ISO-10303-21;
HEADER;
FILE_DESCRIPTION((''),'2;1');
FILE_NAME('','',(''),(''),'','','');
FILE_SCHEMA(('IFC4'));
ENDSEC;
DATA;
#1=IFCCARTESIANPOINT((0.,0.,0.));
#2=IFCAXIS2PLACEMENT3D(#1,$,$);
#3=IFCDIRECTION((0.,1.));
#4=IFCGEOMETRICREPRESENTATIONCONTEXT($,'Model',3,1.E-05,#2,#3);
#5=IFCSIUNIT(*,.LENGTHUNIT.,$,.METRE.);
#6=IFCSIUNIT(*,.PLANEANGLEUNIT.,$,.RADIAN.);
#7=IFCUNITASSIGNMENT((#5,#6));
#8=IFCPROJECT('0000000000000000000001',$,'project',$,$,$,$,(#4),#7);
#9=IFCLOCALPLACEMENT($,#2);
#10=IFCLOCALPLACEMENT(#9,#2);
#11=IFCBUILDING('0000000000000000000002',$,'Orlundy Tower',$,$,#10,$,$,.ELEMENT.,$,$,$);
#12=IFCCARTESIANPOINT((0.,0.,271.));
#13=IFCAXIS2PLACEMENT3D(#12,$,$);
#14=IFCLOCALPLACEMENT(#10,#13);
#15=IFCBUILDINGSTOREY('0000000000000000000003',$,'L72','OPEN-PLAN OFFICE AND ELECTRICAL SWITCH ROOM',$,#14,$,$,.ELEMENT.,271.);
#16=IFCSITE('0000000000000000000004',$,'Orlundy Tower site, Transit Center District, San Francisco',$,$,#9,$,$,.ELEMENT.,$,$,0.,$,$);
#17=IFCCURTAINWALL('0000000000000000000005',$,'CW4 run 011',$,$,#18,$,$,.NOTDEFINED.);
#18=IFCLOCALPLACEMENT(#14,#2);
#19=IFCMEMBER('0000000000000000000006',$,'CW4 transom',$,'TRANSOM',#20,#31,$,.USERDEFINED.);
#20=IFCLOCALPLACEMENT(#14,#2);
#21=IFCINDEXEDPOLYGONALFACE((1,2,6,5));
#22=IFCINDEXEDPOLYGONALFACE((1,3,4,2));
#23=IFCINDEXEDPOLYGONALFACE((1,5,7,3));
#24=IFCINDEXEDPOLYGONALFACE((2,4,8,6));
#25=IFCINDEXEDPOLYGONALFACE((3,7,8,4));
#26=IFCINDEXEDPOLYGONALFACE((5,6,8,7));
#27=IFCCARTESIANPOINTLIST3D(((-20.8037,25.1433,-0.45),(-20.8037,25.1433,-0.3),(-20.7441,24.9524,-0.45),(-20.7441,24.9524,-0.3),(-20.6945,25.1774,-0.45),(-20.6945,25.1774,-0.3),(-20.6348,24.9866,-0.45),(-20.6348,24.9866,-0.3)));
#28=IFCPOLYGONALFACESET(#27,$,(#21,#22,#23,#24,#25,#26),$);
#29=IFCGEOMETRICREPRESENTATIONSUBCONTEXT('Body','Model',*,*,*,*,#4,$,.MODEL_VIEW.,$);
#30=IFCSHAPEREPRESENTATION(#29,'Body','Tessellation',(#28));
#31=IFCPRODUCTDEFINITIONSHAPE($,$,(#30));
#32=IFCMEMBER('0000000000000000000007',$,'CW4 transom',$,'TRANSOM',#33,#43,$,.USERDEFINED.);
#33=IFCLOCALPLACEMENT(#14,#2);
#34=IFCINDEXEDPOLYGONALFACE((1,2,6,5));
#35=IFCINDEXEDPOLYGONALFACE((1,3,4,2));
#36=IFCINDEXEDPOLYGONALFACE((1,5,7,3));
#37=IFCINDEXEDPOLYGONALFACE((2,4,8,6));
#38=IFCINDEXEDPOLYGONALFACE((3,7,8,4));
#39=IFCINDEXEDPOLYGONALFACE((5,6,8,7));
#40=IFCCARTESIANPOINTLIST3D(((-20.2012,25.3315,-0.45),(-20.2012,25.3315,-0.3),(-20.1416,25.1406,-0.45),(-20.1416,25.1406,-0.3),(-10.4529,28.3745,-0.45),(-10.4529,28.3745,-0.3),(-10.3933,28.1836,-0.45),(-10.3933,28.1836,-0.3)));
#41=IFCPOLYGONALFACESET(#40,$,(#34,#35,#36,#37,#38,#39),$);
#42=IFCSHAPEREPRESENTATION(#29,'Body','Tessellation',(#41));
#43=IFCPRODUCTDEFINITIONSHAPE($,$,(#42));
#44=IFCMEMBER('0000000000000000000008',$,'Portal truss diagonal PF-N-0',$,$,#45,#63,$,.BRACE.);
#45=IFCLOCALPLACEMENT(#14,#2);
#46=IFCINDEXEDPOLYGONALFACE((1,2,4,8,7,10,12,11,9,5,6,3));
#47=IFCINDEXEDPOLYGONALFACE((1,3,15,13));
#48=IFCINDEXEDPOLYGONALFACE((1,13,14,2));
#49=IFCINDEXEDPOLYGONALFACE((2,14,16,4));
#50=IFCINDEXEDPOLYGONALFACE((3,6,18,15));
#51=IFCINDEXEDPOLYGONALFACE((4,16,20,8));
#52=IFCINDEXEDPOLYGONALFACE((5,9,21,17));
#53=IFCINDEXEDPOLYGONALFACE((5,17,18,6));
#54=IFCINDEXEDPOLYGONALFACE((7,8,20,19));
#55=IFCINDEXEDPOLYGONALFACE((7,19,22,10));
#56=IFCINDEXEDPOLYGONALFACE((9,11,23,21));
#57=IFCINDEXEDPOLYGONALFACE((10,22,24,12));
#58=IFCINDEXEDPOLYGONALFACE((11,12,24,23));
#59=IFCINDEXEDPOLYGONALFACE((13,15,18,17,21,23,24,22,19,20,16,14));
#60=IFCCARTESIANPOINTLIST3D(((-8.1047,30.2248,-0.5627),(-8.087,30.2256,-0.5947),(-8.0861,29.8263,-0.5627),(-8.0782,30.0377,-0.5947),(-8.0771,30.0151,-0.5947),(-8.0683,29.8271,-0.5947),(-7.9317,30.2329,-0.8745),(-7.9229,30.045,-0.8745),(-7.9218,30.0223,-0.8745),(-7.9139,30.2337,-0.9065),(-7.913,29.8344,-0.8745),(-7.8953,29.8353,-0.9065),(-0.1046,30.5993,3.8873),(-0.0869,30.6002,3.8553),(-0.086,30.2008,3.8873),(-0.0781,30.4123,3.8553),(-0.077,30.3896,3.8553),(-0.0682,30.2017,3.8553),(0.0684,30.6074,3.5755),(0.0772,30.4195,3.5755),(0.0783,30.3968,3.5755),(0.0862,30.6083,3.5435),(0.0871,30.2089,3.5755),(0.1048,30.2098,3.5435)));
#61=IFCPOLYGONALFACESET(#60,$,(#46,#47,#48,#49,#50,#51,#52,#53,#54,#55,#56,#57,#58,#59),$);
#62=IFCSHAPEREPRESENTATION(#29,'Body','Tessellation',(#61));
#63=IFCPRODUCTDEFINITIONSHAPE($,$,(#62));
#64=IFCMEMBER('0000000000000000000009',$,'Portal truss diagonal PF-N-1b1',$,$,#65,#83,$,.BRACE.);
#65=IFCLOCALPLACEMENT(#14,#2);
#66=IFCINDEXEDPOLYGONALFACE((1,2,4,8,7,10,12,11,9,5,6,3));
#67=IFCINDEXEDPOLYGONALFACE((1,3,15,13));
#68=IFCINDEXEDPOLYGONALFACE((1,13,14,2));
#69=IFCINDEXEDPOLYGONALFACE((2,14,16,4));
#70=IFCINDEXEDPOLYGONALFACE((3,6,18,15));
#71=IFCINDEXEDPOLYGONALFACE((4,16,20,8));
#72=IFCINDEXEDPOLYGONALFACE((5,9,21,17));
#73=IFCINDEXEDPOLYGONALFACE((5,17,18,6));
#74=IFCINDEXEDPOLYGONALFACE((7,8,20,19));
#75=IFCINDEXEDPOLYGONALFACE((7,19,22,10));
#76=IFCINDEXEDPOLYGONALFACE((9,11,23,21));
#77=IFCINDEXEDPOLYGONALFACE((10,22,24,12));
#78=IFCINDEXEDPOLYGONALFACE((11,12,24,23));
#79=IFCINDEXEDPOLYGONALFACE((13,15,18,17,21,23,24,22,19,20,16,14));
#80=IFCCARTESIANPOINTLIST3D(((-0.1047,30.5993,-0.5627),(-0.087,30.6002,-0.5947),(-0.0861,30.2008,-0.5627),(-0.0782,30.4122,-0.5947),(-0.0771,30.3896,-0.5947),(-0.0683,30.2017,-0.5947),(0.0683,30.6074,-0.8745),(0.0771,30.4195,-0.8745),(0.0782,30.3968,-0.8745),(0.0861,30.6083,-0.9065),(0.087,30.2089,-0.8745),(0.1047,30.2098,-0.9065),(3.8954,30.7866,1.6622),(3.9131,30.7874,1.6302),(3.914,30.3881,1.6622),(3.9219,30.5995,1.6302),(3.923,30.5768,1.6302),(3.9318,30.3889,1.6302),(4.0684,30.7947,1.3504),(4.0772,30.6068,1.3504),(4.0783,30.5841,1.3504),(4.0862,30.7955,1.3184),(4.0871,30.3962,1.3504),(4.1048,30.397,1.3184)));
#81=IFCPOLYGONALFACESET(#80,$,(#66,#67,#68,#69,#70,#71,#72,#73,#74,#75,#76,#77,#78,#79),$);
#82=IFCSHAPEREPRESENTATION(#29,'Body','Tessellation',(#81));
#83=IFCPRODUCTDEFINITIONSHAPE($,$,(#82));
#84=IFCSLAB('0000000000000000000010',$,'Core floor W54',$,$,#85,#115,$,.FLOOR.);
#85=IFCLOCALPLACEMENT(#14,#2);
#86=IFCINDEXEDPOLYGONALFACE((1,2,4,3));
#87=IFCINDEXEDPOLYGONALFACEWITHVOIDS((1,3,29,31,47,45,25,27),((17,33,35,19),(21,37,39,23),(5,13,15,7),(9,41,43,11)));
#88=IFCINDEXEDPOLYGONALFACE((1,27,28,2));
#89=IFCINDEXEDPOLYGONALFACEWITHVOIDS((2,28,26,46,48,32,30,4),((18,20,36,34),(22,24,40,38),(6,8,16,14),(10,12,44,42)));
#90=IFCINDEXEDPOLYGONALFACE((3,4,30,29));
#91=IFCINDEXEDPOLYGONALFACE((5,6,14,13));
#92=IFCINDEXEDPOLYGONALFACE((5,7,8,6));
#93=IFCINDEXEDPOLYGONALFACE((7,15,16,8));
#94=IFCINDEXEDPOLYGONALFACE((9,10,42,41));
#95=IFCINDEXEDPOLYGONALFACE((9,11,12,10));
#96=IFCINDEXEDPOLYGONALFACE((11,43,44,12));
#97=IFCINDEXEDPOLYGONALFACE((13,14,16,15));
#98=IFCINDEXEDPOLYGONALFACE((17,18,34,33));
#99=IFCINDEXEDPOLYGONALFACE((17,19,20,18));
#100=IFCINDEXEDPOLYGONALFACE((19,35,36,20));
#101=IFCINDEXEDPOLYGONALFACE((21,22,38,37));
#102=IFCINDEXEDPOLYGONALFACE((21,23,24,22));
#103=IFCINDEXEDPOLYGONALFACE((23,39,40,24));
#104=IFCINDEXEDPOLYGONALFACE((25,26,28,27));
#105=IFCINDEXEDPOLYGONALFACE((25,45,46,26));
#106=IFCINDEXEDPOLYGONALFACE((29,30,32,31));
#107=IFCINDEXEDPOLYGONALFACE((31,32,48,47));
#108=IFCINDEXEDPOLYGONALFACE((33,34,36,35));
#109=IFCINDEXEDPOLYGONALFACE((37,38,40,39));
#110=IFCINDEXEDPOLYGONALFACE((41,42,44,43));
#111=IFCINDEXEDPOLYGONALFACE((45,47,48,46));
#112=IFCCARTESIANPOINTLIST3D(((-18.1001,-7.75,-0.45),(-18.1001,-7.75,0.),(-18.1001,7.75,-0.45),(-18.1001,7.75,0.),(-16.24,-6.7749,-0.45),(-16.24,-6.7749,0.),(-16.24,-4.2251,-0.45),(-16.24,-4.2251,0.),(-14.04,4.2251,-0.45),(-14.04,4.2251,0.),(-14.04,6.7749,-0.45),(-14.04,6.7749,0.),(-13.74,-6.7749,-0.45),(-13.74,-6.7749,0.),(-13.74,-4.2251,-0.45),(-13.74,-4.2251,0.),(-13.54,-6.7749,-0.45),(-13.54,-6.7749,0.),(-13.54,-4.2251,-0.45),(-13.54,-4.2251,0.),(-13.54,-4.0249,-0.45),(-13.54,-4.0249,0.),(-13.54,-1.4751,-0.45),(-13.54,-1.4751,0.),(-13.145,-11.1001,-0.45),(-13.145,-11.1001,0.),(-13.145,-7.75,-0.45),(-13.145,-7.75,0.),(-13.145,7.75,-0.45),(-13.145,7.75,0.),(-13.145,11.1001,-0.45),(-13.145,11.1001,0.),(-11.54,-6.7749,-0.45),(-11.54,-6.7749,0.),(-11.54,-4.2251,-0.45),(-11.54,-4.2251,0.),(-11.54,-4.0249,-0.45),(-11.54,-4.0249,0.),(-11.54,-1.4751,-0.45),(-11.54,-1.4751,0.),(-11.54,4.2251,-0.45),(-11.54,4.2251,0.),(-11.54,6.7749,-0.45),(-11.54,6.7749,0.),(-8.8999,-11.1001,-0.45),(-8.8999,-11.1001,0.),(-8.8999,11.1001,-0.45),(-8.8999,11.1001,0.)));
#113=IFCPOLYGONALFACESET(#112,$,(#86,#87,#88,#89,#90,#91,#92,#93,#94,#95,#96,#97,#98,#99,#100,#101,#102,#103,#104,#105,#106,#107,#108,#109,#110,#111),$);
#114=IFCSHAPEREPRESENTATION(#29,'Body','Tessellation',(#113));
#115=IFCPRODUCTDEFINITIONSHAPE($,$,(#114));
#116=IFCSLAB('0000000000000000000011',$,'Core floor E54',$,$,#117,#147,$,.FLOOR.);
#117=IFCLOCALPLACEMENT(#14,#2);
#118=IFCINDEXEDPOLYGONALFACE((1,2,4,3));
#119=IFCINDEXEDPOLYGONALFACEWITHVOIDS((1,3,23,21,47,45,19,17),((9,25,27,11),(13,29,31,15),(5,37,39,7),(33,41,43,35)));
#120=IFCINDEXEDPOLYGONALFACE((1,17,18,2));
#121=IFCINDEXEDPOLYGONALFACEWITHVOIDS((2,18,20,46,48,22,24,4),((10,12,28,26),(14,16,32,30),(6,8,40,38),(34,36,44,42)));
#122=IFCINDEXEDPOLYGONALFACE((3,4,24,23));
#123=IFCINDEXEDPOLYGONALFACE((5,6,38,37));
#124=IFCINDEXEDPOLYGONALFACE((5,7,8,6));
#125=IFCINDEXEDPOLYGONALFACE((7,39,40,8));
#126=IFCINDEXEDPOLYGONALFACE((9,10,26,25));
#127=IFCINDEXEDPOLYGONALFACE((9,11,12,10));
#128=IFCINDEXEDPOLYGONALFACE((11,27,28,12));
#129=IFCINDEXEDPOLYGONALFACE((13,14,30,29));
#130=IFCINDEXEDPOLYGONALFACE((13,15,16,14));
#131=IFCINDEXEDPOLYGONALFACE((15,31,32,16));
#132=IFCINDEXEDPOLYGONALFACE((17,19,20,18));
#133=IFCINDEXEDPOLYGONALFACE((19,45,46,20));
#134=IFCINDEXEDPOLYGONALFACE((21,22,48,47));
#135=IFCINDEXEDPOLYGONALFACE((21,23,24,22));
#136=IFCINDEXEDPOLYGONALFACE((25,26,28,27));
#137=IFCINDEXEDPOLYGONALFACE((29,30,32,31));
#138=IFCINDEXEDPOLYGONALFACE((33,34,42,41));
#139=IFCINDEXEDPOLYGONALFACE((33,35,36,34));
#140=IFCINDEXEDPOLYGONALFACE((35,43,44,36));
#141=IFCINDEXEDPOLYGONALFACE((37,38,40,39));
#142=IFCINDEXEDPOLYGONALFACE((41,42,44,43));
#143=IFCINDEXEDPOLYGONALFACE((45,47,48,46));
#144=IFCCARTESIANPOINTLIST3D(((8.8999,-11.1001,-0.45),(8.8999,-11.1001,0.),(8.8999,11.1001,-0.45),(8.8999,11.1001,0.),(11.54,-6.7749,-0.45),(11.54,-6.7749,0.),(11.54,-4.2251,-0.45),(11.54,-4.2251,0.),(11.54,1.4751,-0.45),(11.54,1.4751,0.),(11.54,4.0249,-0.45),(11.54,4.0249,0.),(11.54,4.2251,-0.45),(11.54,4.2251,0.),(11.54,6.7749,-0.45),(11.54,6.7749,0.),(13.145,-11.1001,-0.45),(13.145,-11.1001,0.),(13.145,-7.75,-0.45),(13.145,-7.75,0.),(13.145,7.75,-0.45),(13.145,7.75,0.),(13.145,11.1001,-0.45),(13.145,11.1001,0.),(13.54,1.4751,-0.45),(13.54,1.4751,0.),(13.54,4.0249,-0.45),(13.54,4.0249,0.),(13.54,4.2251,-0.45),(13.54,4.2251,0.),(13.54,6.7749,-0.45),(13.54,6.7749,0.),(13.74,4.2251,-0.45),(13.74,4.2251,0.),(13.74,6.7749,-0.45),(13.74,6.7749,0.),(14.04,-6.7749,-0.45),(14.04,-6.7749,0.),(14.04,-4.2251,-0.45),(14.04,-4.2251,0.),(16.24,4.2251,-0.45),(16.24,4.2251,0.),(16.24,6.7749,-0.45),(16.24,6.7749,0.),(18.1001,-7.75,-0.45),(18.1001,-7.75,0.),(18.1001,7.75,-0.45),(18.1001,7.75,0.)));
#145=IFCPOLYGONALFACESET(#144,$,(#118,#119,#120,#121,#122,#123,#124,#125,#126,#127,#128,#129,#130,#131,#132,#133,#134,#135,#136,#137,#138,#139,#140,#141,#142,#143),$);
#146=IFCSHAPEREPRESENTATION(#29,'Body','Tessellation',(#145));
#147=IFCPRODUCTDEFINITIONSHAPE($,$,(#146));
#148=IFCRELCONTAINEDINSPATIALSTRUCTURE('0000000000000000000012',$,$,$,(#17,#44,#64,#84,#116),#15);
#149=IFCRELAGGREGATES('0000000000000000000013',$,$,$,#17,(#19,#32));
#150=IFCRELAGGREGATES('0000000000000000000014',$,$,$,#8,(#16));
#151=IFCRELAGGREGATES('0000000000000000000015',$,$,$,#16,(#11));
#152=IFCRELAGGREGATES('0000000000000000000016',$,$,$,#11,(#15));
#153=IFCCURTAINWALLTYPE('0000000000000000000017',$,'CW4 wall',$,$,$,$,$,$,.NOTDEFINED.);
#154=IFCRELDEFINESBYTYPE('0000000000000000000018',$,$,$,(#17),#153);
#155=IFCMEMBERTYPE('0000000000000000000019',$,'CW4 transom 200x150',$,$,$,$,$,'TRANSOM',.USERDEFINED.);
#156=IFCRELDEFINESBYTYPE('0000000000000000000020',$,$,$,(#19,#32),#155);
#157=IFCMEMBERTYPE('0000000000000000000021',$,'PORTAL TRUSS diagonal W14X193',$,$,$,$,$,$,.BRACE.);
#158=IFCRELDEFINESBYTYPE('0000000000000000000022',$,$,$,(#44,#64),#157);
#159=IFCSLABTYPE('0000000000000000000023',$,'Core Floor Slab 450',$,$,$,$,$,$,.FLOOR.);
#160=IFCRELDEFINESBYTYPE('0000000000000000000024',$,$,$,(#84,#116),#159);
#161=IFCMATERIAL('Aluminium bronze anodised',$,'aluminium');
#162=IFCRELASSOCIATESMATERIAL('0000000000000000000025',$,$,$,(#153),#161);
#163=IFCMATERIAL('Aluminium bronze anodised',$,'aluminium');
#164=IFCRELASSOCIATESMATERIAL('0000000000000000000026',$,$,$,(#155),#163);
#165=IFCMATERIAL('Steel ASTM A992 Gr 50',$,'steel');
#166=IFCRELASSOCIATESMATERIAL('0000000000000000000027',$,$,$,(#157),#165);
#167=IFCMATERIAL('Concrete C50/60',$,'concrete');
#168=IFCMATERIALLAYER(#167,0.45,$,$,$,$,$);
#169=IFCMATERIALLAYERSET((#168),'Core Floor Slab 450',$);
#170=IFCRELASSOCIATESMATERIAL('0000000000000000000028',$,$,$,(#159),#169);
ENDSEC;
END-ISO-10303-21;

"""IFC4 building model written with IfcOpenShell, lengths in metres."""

from ifc_helpers import new_model, si_unit, direction, frame, origin, origin_2d, place, context, subcontext, project, spatial, polyline, rectangle, i_section, outline, extrude, material, layer, layer_set, material_profile, profile_set, type_object, element, aggregate, save


model = new_model("IFC4")

# Units and contexts
model_context = context("Model", 3, precision=1e-05, world=origin(), true_north=direction((0.0, 1.0)))
body_context = subcontext(model_context, "Body", "Model", "MODEL_VIEW")
ifc_project = project(units=[si_unit("LENGTHUNIT", "METRE"), si_unit("PLANEANGLEUNIT", "RADIAN")], contexts=[model_context])

# Site, building, storey
site_placement = place(None, origin())
site = spatial("IfcSite", under=ifc_project, at=site_placement, Name="Orlundy Tower site, Transit Center District, San Francisco", CompositionType="ELEMENT", RefElevation=0.0)
building_placement = place(site_placement, origin())
building = spatial("IfcBuilding", under=site, at=building_placement, Name="Orlundy Tower", CompositionType="ELEMENT")
storey_placement = place(building_placement, frame((0.0, 0.0, 271.0)))
storey = spatial("IfcBuildingStorey", under=building, at=storey_placement, Name="L72", Description="OPEN-PLAN OFFICE AND ELECTRICAL SWITCH ROOM", CompositionType="ELEMENT", Elevation=271.0)

# Shared definitions
ifc_material_1 = material(Name="Aluminium bronze anodised", Category="aluminium")
curtain_wall_type = type_object("IfcCurtainWallType", Name="CW4 wall", PredefinedType="NOTDEFINED", material=ifc_material_1)

# Shared definitions
ifc_material_2 = material(Name="Aluminium bronze anodised", Category="aluminium")
ifc_material_profile_1 = material_profile(ifc_material_2, rectangle(XDim=0.2, YDim=0.1499, at=origin_2d()), Name="CW4 transom 200x150")
ifc_profile_set_1 = profile_set([ifc_material_profile_1], Name="Aluminium bronze anodised")
member_type_1 = type_object("IfcMemberType", Name="CW4 transom 200x150", ElementType="TRANSOM", PredefinedType="USERDEFINED", material=ifc_profile_set_1)

# Curtain wall, members
curtain_wall_1_placement = place(storey_placement, origin())
curtain_wall_1 = element("IfcCurtainWall", 1, at=curtain_wall_1_placement, inside=storey, type_object=curtain_wall_type, Name="CW4 run 011", PredefinedType="NOTDEFINED")
member_1_placement = place(storey_placement, frame((-20.7739, 25.0479, -0.375), z_axis=(0.95448, 0.298275, 0.0), x_axis=(-0.298275, 0.95448, 0.0)))
member_1 = element("IfcMember", 2, at=member_1_placement, type_object=member_type_1, Name="CW4 transom", ObjectType="TRANSOM", PredefinedType="USERDEFINED", context=body_context, shape_type="SweptSolid", body=[
    extrude(rectangle(XDim=0.2, YDim=0.1499, at=origin_2d()), origin(), (0.0, 0.0, 1.0), 0.1145),
])
member_2_placement = place(storey_placement, frame((-20.1714, 25.2361, -0.375), z_axis=(0.954574, 0.297974, 0.0), x_axis=(-0.297974, 0.954574, 0.0)))
member_2 = element("IfcMember", 3, at=member_2_placement, type_object=member_type_1, Name="CW4 transom", ObjectType="TRANSOM", PredefinedType="USERDEFINED", context=body_context, shape_type="SweptSolid", body=[
    extrude(rectangle(XDim=0.2, YDim=0.1499, at=origin_2d()), origin(), (0.0, 0.0, 1.0), 10.2122),
])
aggregate(curtain_wall_1, [member_1, member_2])

# Members
ifc_material_3 = material(Name="Steel ASTM A992 Gr 50", Category="steel")
ifc_material_profile_2 = material_profile(ifc_material_3, i_section(OverallWidth=0.3989, OverallDepth=0.3933, WebThickness=0.0227, FlangeThickness=0.0366, at=origin_2d()), Name="W14X193")
ifc_profile_set_2 = profile_set([ifc_material_profile_2], Name="Steel ASTM A992 Gr 50")
member_type_2 = type_object("IfcMemberType", Name="PORTAL TRUSS diagonal W14X193", PredefinedType="BRACE", material=ifc_profile_set_2)
member_3_placement = place(storey_placement, frame((-8.0, 30.03, -0.7346), z_axis=(0.873171, 0.040877, 0.485696), x_axis=(-0.046763, 0.998906, 0.0)))
element("IfcMember", 4, at=member_3_placement, inside=storey, type_object=member_type_2, Name="Portal truss diagonal PF-N-0", PredefinedType="BRACE", context=body_context, shape_type="SweptSolid", body=[
    extrude(i_section(OverallWidth=0.3989, OverallDepth=0.3933, WebThickness=0.0227, FlangeThickness=0.0366, at=origin_2d()), origin(), (0.0, 0.0, 1.0), 9.1621),
])
member_4_placement = place(storey_placement, frame((0.0, 30.4045, -0.7346), z_axis=(0.873183, 0.040877, 0.485676), x_axis=(-0.046763, 0.998906, 0.0)))
element("IfcMember", 5, at=member_4_placement, inside=storey, type_object=member_type_2, Name="Portal truss diagonal PF-N-1b1", PredefinedType="BRACE", context=body_context, shape_type="SweptSolid", body=[
    extrude(i_section(OverallWidth=0.3989, OverallDepth=0.3933, WebThickness=0.0227, FlangeThickness=0.0366, at=origin_2d()), origin(), (0.0, 0.0, 1.0), 4.5811),
])

# Slabs
ifc_material_4 = material(Name="Concrete C50/60", Category="concrete")
ifc_layer_1 = layer(ifc_material_4, 0.45)
ifc_layer_set_1 = layer_set([ifc_layer_1], Name="Core Floor Slab 450")
slab_type_1 = type_object("IfcSlabType", Name="Core Floor Slab 450", PredefinedType="FLOOR", material=ifc_layer_set_1)
slab_1_placement = place(storey_placement, frame((0.0, 0.0, -0.45)))
element("IfcSlab", 6, at=slab_1_placement, inside=storey, type_object=slab_type_1, Name="Core floor W54", PredefinedType="FLOOR", context=body_context, shape_type="SweptSolid", body=[
    extrude(outline(polyline([(-18.1001, 7.75), (-13.145, 7.75), (-13.145, 11.1001), (-8.8999, 11.1001), (-8.8999, -11.1001), (-13.145, -11.1001), (-13.145, -7.75), (-18.1001, -7.75), (-18.1001, 7.75)]), holes=[polyline([(-13.54, -4.2251), (-13.54, -6.7749), (-11.54, -6.7749), (-11.54, -4.2251), (-13.54, -4.2251)]), polyline([(-13.74, -4.2251), (-16.24, -4.2251), (-16.24, -6.7749), (-13.74, -6.7749), (-13.74, -4.2251)]), polyline([(-11.54, -4.0249), (-11.54, -1.4751), (-13.54, -1.4751), (-13.54, -4.0249), (-11.54, -4.0249)]), polyline([(-14.04, 4.2251), (-11.54, 4.2251), (-11.54, 6.7749), (-14.04, 6.7749), (-14.04, 4.2251)])]), origin(), (0.0, 0.0, 1.0), 0.45),
])
slab_2_placement = place(storey_placement, frame((0.0, 0.0, -0.45)))
element("IfcSlab", 7, at=slab_2_placement, inside=storey, type_object=slab_type_1, Name="Core floor E54", PredefinedType="FLOOR", context=body_context, shape_type="SweptSolid", body=[
    extrude(outline(polyline([(18.1001, -7.75), (13.145, -7.75), (13.145, -11.1001), (8.8999, -11.1001), (8.8999, 11.1001), (13.145, 11.1001), (13.145, 7.75), (18.1001, 7.75), (18.1001, -7.75)]), holes=[polyline([(13.54, 4.2251), (13.54, 6.7749), (11.54, 6.7749), (11.54, 4.2251), (13.54, 4.2251)]), polyline([(13.74, 4.2251), (16.24, 4.2251), (16.24, 6.7749), (13.74, 6.7749), (13.74, 4.2251)]), polyline([(11.54, 4.0249), (11.54, 1.4751), (13.54, 1.4751), (13.54, 4.0249), (11.54, 4.0249)]), polyline([(14.04, -4.2251), (11.54, -4.2251), (11.54, -6.7749), (14.04, -6.7749), (14.04, -4.2251)])]), origin(), (0.0, 0.0, 1.0), 0.45),
])

save(model, "model.ifc")
